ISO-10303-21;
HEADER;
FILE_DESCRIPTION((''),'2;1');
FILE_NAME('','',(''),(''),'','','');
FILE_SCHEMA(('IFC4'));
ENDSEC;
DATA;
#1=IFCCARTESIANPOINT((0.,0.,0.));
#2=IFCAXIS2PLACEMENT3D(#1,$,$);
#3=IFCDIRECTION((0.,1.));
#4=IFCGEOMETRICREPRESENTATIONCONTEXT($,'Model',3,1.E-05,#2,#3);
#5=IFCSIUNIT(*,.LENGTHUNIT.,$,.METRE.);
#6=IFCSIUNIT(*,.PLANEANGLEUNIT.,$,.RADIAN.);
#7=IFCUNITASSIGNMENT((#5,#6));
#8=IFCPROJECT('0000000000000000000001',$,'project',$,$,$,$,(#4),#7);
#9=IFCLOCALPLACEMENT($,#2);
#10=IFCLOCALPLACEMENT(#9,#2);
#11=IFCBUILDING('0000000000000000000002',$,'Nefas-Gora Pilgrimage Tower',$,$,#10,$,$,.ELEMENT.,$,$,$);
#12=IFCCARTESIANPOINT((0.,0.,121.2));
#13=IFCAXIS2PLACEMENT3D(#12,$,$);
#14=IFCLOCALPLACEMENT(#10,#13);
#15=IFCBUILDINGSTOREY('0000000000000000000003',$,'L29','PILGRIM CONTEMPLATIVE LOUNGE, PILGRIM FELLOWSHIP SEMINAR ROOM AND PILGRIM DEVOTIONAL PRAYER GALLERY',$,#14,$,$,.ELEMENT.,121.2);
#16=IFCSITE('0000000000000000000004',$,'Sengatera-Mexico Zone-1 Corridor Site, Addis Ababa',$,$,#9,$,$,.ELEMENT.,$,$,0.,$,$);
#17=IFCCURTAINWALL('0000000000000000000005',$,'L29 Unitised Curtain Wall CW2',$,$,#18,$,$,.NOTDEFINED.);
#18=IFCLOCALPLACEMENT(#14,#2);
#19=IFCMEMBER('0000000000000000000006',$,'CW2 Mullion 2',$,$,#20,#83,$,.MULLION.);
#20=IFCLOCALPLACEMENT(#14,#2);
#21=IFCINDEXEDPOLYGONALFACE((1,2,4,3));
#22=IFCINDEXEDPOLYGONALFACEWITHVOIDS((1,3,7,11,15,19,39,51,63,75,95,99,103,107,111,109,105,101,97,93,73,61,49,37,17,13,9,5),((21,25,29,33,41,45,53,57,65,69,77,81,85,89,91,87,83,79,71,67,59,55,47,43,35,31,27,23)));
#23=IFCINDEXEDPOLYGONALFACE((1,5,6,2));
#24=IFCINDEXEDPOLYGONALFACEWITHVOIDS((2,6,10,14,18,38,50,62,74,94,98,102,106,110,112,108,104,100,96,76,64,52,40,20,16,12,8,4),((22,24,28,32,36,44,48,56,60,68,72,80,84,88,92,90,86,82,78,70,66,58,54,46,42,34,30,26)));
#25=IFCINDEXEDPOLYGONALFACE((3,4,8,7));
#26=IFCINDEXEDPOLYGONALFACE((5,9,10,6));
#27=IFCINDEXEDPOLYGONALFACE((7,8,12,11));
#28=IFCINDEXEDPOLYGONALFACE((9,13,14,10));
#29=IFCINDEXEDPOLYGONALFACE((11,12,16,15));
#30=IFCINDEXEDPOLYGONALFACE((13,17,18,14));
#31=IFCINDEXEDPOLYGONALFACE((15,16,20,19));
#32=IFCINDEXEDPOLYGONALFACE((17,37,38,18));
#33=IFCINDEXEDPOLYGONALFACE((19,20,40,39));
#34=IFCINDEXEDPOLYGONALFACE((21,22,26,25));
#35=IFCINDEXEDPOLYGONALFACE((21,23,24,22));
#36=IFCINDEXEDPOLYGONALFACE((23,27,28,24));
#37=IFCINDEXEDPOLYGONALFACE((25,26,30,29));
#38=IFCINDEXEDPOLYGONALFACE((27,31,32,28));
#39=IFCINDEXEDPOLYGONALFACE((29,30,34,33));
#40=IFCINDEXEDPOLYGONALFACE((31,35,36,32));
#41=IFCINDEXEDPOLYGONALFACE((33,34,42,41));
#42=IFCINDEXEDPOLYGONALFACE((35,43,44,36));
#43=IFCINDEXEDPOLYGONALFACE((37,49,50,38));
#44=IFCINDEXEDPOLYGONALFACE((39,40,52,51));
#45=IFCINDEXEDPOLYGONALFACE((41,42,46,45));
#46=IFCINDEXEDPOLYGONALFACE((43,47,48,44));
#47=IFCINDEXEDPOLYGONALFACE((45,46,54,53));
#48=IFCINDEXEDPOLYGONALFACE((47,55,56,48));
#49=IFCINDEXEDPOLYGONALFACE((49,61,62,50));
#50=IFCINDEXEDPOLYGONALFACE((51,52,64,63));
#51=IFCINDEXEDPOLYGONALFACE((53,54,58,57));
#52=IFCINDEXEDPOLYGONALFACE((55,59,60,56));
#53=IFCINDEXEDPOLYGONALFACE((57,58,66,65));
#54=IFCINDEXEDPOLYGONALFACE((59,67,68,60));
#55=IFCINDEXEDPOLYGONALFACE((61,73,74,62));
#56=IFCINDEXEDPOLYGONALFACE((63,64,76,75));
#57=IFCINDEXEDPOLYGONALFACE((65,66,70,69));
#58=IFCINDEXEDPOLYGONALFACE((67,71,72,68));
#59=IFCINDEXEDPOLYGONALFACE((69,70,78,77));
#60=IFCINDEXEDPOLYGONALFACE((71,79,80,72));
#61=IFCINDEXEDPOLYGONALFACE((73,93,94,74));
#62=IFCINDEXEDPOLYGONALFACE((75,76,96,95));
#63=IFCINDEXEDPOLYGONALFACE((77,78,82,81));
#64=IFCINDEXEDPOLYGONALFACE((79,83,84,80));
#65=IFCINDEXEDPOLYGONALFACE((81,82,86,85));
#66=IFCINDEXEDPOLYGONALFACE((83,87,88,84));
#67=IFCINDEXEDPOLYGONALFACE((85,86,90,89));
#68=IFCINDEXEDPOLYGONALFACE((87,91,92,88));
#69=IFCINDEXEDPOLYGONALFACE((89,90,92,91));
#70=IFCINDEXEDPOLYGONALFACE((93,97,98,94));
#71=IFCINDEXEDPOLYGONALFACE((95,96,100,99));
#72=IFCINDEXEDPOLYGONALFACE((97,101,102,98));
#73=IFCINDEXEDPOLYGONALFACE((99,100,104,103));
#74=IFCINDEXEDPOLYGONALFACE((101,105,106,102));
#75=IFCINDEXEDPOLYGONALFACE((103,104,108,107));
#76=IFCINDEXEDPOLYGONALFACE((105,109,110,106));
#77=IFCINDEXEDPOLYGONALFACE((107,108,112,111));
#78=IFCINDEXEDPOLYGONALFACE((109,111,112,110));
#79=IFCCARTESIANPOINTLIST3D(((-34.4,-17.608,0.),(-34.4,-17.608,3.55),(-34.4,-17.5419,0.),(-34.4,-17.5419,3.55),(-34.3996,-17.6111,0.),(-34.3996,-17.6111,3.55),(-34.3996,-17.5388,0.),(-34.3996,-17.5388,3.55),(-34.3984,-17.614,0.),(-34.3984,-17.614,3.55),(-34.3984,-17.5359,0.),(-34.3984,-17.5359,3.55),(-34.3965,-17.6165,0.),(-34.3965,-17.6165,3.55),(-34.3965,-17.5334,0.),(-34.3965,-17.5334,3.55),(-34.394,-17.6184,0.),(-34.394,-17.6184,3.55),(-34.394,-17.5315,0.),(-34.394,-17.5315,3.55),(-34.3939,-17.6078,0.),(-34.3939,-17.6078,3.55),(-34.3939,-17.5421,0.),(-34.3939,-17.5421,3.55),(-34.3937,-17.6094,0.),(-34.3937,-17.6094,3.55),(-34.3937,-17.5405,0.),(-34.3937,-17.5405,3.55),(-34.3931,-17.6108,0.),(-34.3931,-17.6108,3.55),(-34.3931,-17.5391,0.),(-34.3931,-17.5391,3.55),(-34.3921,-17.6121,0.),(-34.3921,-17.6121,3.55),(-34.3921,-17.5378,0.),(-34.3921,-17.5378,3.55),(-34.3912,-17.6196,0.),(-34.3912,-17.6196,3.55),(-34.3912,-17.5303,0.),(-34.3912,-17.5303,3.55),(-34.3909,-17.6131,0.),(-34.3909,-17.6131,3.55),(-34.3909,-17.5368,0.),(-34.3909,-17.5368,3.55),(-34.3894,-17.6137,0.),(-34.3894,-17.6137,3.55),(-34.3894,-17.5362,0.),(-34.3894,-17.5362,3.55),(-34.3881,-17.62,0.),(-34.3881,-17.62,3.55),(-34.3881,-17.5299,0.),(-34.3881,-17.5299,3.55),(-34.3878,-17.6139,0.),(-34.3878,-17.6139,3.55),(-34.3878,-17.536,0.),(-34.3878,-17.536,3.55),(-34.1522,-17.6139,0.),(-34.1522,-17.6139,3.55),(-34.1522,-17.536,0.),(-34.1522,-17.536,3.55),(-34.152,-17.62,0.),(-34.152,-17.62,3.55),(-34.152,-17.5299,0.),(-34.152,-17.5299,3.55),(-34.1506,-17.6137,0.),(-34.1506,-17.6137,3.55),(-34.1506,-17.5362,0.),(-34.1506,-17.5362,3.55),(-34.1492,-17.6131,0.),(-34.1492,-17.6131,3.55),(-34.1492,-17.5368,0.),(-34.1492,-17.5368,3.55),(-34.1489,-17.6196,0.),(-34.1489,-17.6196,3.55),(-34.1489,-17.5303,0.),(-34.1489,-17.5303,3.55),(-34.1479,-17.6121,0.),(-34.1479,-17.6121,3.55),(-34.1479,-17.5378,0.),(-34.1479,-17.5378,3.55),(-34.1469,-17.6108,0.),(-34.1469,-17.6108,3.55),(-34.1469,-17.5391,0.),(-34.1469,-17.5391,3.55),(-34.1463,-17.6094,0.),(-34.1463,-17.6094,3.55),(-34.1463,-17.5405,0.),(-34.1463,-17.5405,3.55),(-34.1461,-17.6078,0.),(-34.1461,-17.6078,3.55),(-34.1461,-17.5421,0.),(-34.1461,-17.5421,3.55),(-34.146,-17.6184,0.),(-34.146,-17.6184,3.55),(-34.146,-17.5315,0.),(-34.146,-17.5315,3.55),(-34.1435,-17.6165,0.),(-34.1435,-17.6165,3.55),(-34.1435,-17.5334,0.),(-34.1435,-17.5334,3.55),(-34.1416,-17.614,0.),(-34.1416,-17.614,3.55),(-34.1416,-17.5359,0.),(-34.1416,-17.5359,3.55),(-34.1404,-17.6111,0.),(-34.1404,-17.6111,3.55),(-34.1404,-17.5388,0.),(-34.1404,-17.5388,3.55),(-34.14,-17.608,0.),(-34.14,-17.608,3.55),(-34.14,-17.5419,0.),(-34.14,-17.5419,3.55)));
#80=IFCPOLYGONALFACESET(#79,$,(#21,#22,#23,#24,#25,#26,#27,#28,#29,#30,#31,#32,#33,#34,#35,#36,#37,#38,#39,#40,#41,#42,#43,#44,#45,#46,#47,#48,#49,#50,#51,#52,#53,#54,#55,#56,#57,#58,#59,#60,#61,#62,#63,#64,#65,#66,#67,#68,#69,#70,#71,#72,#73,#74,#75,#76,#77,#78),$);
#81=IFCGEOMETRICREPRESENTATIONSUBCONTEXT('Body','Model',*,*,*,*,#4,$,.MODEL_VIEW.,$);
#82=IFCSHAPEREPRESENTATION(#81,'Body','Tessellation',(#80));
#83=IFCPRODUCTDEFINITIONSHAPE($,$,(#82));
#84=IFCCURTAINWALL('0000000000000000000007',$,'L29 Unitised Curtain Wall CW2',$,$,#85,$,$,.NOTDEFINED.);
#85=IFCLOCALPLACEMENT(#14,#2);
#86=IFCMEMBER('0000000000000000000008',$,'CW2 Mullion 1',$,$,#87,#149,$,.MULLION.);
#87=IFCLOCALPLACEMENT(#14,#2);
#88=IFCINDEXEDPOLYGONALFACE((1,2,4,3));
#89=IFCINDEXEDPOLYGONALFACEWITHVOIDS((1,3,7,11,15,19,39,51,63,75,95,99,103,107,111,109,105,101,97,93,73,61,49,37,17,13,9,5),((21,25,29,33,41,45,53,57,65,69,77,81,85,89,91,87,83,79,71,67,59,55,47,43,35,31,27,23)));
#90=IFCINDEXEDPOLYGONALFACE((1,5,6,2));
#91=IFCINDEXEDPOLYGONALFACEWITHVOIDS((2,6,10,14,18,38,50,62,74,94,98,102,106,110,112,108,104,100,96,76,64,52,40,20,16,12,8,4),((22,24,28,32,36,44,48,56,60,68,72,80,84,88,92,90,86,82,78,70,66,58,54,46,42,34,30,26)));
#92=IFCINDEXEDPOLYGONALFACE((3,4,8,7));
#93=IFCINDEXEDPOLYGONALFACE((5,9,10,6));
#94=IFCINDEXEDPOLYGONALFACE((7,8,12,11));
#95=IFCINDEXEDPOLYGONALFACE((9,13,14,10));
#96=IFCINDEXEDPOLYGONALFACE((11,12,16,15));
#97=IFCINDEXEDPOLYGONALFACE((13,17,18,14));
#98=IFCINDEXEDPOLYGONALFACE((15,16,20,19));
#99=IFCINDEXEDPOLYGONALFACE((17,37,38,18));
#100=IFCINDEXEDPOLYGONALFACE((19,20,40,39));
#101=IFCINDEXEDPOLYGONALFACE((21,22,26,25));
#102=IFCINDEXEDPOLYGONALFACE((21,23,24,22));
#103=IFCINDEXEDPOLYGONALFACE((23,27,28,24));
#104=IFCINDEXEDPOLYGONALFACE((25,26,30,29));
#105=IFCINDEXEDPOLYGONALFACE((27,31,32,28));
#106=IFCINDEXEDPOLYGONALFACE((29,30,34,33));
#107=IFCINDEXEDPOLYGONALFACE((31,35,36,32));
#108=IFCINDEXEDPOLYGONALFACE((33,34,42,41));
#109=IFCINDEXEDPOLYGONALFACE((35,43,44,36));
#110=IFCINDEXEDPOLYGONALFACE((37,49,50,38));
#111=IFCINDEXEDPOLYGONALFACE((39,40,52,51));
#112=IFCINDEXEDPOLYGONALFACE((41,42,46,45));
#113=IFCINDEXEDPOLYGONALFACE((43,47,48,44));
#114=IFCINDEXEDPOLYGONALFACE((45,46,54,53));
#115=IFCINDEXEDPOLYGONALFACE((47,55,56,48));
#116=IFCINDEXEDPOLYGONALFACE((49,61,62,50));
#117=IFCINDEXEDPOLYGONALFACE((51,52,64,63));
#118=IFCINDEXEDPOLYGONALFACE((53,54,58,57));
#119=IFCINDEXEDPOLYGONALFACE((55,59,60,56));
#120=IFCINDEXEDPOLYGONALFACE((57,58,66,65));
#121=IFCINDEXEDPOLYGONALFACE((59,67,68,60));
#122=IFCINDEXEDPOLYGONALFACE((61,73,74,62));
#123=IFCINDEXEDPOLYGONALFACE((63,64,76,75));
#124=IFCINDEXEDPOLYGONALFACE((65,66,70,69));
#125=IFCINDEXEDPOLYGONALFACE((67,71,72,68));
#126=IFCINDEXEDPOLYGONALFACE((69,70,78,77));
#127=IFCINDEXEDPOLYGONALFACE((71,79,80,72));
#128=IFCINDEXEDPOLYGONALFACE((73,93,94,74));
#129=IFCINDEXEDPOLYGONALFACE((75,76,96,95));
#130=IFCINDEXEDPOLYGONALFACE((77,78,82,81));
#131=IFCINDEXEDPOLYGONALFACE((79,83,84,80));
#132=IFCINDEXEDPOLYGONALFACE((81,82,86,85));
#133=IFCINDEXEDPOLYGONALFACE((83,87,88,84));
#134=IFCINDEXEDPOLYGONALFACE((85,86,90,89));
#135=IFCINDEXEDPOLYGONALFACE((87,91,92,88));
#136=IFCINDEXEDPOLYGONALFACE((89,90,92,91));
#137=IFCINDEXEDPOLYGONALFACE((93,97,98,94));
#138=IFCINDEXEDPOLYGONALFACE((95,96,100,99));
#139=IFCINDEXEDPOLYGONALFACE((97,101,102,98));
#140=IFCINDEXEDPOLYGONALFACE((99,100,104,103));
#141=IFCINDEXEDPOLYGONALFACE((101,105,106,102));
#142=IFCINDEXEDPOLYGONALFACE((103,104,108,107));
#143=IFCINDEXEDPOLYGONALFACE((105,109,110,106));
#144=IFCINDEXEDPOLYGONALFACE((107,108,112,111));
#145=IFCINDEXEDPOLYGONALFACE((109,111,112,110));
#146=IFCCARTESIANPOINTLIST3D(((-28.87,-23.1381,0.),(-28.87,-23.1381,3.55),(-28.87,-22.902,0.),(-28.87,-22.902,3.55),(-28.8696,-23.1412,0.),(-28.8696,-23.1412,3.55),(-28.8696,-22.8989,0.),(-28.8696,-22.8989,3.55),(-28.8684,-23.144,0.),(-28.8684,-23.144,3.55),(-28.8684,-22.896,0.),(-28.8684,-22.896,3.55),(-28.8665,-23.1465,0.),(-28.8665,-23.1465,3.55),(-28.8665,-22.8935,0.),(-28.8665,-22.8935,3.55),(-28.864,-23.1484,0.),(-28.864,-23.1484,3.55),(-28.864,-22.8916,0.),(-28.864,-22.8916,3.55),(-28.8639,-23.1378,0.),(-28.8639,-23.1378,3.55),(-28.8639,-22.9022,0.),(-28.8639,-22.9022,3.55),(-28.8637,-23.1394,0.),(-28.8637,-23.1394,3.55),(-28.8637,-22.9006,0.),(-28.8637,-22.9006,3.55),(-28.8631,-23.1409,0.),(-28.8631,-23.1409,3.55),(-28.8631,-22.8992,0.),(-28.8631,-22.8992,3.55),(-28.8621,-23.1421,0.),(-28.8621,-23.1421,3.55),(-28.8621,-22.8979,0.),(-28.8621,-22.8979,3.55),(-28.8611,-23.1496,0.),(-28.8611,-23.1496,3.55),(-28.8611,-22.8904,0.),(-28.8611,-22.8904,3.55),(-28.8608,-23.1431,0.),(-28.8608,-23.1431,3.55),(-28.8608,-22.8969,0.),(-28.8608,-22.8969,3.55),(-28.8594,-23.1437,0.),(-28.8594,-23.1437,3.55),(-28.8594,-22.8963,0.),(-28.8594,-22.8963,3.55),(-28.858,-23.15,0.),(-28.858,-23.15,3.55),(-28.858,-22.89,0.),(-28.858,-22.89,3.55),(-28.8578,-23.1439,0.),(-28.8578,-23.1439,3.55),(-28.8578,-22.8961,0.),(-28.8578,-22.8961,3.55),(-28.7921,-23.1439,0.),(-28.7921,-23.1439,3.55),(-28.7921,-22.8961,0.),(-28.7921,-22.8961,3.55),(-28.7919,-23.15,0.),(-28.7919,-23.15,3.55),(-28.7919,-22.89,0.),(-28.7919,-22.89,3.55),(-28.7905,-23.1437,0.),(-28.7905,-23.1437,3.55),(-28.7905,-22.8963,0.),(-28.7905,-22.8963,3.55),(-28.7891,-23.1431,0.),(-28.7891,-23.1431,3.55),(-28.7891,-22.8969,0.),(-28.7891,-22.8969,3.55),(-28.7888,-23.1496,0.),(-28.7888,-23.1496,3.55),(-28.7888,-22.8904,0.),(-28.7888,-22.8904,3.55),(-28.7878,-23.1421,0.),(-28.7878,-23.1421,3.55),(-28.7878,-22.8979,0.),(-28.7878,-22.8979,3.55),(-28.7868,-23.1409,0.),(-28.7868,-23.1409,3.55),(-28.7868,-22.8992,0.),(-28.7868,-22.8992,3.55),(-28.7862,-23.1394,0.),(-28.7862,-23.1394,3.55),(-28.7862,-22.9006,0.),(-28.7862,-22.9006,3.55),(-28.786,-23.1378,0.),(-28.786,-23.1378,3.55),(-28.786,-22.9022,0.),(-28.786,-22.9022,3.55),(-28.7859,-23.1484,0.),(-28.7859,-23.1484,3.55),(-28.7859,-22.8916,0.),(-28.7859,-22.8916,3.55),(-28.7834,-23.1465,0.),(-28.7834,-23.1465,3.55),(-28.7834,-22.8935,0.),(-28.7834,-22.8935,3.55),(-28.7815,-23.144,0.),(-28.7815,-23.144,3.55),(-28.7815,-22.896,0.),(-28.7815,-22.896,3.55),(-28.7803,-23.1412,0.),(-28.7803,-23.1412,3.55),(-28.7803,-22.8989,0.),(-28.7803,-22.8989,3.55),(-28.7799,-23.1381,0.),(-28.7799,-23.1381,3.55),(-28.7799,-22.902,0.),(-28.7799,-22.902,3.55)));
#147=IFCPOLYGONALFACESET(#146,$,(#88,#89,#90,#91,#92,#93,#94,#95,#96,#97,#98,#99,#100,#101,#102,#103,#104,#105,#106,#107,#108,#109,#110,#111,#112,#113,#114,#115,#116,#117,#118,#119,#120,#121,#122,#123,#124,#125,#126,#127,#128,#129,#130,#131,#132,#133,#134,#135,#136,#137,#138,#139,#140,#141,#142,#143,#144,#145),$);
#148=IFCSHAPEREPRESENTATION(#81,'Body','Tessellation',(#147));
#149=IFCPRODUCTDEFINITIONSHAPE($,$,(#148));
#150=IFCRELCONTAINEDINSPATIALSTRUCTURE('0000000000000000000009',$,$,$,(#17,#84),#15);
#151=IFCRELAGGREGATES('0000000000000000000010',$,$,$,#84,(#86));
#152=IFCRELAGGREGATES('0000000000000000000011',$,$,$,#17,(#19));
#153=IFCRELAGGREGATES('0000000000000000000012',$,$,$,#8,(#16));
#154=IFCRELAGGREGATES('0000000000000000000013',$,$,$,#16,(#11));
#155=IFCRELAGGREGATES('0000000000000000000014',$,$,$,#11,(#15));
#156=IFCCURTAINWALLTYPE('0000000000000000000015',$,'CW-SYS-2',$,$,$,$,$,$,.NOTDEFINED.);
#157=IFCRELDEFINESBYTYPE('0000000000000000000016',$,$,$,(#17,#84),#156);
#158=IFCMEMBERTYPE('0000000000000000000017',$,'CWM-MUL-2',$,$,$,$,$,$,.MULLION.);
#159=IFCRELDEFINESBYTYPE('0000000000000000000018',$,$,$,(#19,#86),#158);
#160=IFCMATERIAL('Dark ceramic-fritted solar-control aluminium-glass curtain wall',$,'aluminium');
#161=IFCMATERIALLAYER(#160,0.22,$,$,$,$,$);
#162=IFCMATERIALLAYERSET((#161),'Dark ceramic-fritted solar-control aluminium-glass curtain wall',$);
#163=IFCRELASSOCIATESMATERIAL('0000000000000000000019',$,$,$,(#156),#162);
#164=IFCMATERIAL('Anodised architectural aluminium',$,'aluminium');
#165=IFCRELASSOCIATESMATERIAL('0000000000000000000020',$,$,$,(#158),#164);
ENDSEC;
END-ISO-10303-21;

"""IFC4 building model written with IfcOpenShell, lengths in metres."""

from ifc_helpers import new_model, si_unit, direction, frame, origin, origin_2d, place, context, subcontext, project, spatial, hollow_rectangle, extrude, source, transform, mapped, material, layer, layer_set, material_profile, profile_set, type_object, element, aggregate, save


model = new_model("IFC4")

# Units and contexts
model_context = context("Model", 3, precision=1e-05, world=origin(), true_north=direction((0.0, 1.0)))
body_context = subcontext(model_context, "Body", "Model", "MODEL_VIEW")
ifc_project = project(units=[si_unit("LENGTHUNIT", "METRE"), si_unit("PLANEANGLEUNIT", "RADIAN")], contexts=[model_context])

# Site, building, storey
site_placement = place(None, origin())
site = spatial("IfcSite", under=ifc_project, at=site_placement, Name="Sengatera-Mexico Zone-1 Corridor Site, Addis Ababa", CompositionType="ELEMENT", RefElevation=0.0)
building_placement = place(site_placement, origin())
building = spatial("IfcBuilding", under=site, at=building_placement, Name="Nefas-Gora Pilgrimage Tower", CompositionType="ELEMENT")
storey_placement = place(building_placement, frame((0.0, 0.0, 121.2)))
storey = spatial("IfcBuildingStorey", under=building, at=storey_placement, Name="L29", Description="PILGRIM CONTEMPLATIVE LOUNGE, PILGRIM FELLOWSHIP SEMINAR ROOM AND PILGRIM DEVOTIONAL PRAYER GALLERY", CompositionType="ELEMENT", Elevation=121.2)

# Curtain wall, member
ifc_material_1 = material(Name="Dark ceramic-fritted solar-control aluminium-glass curtain wall", Category="aluminium")
ifc_layer_1 = layer(ifc_material_1, 0.22)
ifc_layer_set_1 = layer_set([ifc_layer_1], Name="Dark ceramic-fritted solar-control aluminium-glass curtain wall")
curtain_wall_type = type_object("IfcCurtainWallType", Name="CW-SYS-2", PredefinedType="NOTDEFINED", material=ifc_layer_set_1)
curtain_wall_1_placement = place(storey_placement, origin())
curtain_wall_1 = element("IfcCurtainWall", 1, at=curtain_wall_1_placement, inside=storey, type_object=curtain_wall_type, Name="L29 Unitised Curtain Wall CW2", PredefinedType="NOTDEFINED")
ifc_material_2 = material(Name="Anodised architectural aluminium", Category="aluminium")
ifc_material_profile_1 = material_profile(ifc_material_2, hollow_rectangle(XDim=0.0901, YDim=0.26, WallThickness=0.0061, InnerFilletRadius=0.0061, OuterFilletRadius=0.012, at=origin_2d()), Name="ALU MULLION 90x260")
ifc_profile_set_1 = profile_set([ifc_material_profile_1], Name="Anodised architectural aluminium")
member_type_1 = type_object("IfcMemberType", Name="CWM-MUL-2", PredefinedType="MULLION", material=ifc_profile_set_1)
shared_shape_1 = source(origin(), body_context, "Body", "SweptSolid", [
    extrude(hollow_rectangle(XDim=0.0901, YDim=0.26, WallThickness=0.0061, InnerFilletRadius=0.0061, OuterFilletRadius=0.012, at=origin_2d()), origin(), (0.0, 0.0, 1.0), 3.55),
])
member_1_placement = place(storey_placement, frame((-34.27, -17.575, 0.0), z_axis=(0.0, 0.0, 1.0), x_axis=(0.0, -1.0, 0.0)))
member_1 = element("IfcMember", 2, at=member_1_placement, type_object=member_type_1, Name="CW2 Mullion 2", PredefinedType="MULLION", context=body_context, shape_type="MappedRepresentation", body=[
    mapped(shared_shape_1, transform((0.0, 0.0, 0.0), x_axis=(1.0, 0.0, 0.0), y_axis=(0.0, 1.0, 0.0), z_axis=(0.0, 0.0, 1.0), scale=1.0)),
])

# Curtain wall, member
curtain_wall_2_placement = place(storey_placement, origin())
curtain_wall_2 = element("IfcCurtainWall", 3, at=curtain_wall_2_placement, inside=storey, type_object=curtain_wall_type, Name="L29 Unitised Curtain Wall CW2", PredefinedType="NOTDEFINED")
member_2_placement = place(storey_placement, frame((-28.825, -23.02, 0.0), z_axis=(0.0, 0.0, 1.0), x_axis=(1.0, 0.0, 0.0)))
member_2 = element("IfcMember", 4, at=member_2_placement, type_object=member_type_1, Name="CW2 Mullion 1", PredefinedType="MULLION", context=body_context, shape_type="MappedRepresentation", body=[
    mapped(shared_shape_1, transform((0.0, 0.0, 0.0), x_axis=(1.0, 0.0, 0.0), y_axis=(0.0, 1.0, 0.0), z_axis=(0.0, 0.0, 1.0), scale=1.0)),
])
aggregate(curtain_wall_2, [member_2])

aggregate(curtain_wall_1, [member_1])

save(model, "model.ifc")
